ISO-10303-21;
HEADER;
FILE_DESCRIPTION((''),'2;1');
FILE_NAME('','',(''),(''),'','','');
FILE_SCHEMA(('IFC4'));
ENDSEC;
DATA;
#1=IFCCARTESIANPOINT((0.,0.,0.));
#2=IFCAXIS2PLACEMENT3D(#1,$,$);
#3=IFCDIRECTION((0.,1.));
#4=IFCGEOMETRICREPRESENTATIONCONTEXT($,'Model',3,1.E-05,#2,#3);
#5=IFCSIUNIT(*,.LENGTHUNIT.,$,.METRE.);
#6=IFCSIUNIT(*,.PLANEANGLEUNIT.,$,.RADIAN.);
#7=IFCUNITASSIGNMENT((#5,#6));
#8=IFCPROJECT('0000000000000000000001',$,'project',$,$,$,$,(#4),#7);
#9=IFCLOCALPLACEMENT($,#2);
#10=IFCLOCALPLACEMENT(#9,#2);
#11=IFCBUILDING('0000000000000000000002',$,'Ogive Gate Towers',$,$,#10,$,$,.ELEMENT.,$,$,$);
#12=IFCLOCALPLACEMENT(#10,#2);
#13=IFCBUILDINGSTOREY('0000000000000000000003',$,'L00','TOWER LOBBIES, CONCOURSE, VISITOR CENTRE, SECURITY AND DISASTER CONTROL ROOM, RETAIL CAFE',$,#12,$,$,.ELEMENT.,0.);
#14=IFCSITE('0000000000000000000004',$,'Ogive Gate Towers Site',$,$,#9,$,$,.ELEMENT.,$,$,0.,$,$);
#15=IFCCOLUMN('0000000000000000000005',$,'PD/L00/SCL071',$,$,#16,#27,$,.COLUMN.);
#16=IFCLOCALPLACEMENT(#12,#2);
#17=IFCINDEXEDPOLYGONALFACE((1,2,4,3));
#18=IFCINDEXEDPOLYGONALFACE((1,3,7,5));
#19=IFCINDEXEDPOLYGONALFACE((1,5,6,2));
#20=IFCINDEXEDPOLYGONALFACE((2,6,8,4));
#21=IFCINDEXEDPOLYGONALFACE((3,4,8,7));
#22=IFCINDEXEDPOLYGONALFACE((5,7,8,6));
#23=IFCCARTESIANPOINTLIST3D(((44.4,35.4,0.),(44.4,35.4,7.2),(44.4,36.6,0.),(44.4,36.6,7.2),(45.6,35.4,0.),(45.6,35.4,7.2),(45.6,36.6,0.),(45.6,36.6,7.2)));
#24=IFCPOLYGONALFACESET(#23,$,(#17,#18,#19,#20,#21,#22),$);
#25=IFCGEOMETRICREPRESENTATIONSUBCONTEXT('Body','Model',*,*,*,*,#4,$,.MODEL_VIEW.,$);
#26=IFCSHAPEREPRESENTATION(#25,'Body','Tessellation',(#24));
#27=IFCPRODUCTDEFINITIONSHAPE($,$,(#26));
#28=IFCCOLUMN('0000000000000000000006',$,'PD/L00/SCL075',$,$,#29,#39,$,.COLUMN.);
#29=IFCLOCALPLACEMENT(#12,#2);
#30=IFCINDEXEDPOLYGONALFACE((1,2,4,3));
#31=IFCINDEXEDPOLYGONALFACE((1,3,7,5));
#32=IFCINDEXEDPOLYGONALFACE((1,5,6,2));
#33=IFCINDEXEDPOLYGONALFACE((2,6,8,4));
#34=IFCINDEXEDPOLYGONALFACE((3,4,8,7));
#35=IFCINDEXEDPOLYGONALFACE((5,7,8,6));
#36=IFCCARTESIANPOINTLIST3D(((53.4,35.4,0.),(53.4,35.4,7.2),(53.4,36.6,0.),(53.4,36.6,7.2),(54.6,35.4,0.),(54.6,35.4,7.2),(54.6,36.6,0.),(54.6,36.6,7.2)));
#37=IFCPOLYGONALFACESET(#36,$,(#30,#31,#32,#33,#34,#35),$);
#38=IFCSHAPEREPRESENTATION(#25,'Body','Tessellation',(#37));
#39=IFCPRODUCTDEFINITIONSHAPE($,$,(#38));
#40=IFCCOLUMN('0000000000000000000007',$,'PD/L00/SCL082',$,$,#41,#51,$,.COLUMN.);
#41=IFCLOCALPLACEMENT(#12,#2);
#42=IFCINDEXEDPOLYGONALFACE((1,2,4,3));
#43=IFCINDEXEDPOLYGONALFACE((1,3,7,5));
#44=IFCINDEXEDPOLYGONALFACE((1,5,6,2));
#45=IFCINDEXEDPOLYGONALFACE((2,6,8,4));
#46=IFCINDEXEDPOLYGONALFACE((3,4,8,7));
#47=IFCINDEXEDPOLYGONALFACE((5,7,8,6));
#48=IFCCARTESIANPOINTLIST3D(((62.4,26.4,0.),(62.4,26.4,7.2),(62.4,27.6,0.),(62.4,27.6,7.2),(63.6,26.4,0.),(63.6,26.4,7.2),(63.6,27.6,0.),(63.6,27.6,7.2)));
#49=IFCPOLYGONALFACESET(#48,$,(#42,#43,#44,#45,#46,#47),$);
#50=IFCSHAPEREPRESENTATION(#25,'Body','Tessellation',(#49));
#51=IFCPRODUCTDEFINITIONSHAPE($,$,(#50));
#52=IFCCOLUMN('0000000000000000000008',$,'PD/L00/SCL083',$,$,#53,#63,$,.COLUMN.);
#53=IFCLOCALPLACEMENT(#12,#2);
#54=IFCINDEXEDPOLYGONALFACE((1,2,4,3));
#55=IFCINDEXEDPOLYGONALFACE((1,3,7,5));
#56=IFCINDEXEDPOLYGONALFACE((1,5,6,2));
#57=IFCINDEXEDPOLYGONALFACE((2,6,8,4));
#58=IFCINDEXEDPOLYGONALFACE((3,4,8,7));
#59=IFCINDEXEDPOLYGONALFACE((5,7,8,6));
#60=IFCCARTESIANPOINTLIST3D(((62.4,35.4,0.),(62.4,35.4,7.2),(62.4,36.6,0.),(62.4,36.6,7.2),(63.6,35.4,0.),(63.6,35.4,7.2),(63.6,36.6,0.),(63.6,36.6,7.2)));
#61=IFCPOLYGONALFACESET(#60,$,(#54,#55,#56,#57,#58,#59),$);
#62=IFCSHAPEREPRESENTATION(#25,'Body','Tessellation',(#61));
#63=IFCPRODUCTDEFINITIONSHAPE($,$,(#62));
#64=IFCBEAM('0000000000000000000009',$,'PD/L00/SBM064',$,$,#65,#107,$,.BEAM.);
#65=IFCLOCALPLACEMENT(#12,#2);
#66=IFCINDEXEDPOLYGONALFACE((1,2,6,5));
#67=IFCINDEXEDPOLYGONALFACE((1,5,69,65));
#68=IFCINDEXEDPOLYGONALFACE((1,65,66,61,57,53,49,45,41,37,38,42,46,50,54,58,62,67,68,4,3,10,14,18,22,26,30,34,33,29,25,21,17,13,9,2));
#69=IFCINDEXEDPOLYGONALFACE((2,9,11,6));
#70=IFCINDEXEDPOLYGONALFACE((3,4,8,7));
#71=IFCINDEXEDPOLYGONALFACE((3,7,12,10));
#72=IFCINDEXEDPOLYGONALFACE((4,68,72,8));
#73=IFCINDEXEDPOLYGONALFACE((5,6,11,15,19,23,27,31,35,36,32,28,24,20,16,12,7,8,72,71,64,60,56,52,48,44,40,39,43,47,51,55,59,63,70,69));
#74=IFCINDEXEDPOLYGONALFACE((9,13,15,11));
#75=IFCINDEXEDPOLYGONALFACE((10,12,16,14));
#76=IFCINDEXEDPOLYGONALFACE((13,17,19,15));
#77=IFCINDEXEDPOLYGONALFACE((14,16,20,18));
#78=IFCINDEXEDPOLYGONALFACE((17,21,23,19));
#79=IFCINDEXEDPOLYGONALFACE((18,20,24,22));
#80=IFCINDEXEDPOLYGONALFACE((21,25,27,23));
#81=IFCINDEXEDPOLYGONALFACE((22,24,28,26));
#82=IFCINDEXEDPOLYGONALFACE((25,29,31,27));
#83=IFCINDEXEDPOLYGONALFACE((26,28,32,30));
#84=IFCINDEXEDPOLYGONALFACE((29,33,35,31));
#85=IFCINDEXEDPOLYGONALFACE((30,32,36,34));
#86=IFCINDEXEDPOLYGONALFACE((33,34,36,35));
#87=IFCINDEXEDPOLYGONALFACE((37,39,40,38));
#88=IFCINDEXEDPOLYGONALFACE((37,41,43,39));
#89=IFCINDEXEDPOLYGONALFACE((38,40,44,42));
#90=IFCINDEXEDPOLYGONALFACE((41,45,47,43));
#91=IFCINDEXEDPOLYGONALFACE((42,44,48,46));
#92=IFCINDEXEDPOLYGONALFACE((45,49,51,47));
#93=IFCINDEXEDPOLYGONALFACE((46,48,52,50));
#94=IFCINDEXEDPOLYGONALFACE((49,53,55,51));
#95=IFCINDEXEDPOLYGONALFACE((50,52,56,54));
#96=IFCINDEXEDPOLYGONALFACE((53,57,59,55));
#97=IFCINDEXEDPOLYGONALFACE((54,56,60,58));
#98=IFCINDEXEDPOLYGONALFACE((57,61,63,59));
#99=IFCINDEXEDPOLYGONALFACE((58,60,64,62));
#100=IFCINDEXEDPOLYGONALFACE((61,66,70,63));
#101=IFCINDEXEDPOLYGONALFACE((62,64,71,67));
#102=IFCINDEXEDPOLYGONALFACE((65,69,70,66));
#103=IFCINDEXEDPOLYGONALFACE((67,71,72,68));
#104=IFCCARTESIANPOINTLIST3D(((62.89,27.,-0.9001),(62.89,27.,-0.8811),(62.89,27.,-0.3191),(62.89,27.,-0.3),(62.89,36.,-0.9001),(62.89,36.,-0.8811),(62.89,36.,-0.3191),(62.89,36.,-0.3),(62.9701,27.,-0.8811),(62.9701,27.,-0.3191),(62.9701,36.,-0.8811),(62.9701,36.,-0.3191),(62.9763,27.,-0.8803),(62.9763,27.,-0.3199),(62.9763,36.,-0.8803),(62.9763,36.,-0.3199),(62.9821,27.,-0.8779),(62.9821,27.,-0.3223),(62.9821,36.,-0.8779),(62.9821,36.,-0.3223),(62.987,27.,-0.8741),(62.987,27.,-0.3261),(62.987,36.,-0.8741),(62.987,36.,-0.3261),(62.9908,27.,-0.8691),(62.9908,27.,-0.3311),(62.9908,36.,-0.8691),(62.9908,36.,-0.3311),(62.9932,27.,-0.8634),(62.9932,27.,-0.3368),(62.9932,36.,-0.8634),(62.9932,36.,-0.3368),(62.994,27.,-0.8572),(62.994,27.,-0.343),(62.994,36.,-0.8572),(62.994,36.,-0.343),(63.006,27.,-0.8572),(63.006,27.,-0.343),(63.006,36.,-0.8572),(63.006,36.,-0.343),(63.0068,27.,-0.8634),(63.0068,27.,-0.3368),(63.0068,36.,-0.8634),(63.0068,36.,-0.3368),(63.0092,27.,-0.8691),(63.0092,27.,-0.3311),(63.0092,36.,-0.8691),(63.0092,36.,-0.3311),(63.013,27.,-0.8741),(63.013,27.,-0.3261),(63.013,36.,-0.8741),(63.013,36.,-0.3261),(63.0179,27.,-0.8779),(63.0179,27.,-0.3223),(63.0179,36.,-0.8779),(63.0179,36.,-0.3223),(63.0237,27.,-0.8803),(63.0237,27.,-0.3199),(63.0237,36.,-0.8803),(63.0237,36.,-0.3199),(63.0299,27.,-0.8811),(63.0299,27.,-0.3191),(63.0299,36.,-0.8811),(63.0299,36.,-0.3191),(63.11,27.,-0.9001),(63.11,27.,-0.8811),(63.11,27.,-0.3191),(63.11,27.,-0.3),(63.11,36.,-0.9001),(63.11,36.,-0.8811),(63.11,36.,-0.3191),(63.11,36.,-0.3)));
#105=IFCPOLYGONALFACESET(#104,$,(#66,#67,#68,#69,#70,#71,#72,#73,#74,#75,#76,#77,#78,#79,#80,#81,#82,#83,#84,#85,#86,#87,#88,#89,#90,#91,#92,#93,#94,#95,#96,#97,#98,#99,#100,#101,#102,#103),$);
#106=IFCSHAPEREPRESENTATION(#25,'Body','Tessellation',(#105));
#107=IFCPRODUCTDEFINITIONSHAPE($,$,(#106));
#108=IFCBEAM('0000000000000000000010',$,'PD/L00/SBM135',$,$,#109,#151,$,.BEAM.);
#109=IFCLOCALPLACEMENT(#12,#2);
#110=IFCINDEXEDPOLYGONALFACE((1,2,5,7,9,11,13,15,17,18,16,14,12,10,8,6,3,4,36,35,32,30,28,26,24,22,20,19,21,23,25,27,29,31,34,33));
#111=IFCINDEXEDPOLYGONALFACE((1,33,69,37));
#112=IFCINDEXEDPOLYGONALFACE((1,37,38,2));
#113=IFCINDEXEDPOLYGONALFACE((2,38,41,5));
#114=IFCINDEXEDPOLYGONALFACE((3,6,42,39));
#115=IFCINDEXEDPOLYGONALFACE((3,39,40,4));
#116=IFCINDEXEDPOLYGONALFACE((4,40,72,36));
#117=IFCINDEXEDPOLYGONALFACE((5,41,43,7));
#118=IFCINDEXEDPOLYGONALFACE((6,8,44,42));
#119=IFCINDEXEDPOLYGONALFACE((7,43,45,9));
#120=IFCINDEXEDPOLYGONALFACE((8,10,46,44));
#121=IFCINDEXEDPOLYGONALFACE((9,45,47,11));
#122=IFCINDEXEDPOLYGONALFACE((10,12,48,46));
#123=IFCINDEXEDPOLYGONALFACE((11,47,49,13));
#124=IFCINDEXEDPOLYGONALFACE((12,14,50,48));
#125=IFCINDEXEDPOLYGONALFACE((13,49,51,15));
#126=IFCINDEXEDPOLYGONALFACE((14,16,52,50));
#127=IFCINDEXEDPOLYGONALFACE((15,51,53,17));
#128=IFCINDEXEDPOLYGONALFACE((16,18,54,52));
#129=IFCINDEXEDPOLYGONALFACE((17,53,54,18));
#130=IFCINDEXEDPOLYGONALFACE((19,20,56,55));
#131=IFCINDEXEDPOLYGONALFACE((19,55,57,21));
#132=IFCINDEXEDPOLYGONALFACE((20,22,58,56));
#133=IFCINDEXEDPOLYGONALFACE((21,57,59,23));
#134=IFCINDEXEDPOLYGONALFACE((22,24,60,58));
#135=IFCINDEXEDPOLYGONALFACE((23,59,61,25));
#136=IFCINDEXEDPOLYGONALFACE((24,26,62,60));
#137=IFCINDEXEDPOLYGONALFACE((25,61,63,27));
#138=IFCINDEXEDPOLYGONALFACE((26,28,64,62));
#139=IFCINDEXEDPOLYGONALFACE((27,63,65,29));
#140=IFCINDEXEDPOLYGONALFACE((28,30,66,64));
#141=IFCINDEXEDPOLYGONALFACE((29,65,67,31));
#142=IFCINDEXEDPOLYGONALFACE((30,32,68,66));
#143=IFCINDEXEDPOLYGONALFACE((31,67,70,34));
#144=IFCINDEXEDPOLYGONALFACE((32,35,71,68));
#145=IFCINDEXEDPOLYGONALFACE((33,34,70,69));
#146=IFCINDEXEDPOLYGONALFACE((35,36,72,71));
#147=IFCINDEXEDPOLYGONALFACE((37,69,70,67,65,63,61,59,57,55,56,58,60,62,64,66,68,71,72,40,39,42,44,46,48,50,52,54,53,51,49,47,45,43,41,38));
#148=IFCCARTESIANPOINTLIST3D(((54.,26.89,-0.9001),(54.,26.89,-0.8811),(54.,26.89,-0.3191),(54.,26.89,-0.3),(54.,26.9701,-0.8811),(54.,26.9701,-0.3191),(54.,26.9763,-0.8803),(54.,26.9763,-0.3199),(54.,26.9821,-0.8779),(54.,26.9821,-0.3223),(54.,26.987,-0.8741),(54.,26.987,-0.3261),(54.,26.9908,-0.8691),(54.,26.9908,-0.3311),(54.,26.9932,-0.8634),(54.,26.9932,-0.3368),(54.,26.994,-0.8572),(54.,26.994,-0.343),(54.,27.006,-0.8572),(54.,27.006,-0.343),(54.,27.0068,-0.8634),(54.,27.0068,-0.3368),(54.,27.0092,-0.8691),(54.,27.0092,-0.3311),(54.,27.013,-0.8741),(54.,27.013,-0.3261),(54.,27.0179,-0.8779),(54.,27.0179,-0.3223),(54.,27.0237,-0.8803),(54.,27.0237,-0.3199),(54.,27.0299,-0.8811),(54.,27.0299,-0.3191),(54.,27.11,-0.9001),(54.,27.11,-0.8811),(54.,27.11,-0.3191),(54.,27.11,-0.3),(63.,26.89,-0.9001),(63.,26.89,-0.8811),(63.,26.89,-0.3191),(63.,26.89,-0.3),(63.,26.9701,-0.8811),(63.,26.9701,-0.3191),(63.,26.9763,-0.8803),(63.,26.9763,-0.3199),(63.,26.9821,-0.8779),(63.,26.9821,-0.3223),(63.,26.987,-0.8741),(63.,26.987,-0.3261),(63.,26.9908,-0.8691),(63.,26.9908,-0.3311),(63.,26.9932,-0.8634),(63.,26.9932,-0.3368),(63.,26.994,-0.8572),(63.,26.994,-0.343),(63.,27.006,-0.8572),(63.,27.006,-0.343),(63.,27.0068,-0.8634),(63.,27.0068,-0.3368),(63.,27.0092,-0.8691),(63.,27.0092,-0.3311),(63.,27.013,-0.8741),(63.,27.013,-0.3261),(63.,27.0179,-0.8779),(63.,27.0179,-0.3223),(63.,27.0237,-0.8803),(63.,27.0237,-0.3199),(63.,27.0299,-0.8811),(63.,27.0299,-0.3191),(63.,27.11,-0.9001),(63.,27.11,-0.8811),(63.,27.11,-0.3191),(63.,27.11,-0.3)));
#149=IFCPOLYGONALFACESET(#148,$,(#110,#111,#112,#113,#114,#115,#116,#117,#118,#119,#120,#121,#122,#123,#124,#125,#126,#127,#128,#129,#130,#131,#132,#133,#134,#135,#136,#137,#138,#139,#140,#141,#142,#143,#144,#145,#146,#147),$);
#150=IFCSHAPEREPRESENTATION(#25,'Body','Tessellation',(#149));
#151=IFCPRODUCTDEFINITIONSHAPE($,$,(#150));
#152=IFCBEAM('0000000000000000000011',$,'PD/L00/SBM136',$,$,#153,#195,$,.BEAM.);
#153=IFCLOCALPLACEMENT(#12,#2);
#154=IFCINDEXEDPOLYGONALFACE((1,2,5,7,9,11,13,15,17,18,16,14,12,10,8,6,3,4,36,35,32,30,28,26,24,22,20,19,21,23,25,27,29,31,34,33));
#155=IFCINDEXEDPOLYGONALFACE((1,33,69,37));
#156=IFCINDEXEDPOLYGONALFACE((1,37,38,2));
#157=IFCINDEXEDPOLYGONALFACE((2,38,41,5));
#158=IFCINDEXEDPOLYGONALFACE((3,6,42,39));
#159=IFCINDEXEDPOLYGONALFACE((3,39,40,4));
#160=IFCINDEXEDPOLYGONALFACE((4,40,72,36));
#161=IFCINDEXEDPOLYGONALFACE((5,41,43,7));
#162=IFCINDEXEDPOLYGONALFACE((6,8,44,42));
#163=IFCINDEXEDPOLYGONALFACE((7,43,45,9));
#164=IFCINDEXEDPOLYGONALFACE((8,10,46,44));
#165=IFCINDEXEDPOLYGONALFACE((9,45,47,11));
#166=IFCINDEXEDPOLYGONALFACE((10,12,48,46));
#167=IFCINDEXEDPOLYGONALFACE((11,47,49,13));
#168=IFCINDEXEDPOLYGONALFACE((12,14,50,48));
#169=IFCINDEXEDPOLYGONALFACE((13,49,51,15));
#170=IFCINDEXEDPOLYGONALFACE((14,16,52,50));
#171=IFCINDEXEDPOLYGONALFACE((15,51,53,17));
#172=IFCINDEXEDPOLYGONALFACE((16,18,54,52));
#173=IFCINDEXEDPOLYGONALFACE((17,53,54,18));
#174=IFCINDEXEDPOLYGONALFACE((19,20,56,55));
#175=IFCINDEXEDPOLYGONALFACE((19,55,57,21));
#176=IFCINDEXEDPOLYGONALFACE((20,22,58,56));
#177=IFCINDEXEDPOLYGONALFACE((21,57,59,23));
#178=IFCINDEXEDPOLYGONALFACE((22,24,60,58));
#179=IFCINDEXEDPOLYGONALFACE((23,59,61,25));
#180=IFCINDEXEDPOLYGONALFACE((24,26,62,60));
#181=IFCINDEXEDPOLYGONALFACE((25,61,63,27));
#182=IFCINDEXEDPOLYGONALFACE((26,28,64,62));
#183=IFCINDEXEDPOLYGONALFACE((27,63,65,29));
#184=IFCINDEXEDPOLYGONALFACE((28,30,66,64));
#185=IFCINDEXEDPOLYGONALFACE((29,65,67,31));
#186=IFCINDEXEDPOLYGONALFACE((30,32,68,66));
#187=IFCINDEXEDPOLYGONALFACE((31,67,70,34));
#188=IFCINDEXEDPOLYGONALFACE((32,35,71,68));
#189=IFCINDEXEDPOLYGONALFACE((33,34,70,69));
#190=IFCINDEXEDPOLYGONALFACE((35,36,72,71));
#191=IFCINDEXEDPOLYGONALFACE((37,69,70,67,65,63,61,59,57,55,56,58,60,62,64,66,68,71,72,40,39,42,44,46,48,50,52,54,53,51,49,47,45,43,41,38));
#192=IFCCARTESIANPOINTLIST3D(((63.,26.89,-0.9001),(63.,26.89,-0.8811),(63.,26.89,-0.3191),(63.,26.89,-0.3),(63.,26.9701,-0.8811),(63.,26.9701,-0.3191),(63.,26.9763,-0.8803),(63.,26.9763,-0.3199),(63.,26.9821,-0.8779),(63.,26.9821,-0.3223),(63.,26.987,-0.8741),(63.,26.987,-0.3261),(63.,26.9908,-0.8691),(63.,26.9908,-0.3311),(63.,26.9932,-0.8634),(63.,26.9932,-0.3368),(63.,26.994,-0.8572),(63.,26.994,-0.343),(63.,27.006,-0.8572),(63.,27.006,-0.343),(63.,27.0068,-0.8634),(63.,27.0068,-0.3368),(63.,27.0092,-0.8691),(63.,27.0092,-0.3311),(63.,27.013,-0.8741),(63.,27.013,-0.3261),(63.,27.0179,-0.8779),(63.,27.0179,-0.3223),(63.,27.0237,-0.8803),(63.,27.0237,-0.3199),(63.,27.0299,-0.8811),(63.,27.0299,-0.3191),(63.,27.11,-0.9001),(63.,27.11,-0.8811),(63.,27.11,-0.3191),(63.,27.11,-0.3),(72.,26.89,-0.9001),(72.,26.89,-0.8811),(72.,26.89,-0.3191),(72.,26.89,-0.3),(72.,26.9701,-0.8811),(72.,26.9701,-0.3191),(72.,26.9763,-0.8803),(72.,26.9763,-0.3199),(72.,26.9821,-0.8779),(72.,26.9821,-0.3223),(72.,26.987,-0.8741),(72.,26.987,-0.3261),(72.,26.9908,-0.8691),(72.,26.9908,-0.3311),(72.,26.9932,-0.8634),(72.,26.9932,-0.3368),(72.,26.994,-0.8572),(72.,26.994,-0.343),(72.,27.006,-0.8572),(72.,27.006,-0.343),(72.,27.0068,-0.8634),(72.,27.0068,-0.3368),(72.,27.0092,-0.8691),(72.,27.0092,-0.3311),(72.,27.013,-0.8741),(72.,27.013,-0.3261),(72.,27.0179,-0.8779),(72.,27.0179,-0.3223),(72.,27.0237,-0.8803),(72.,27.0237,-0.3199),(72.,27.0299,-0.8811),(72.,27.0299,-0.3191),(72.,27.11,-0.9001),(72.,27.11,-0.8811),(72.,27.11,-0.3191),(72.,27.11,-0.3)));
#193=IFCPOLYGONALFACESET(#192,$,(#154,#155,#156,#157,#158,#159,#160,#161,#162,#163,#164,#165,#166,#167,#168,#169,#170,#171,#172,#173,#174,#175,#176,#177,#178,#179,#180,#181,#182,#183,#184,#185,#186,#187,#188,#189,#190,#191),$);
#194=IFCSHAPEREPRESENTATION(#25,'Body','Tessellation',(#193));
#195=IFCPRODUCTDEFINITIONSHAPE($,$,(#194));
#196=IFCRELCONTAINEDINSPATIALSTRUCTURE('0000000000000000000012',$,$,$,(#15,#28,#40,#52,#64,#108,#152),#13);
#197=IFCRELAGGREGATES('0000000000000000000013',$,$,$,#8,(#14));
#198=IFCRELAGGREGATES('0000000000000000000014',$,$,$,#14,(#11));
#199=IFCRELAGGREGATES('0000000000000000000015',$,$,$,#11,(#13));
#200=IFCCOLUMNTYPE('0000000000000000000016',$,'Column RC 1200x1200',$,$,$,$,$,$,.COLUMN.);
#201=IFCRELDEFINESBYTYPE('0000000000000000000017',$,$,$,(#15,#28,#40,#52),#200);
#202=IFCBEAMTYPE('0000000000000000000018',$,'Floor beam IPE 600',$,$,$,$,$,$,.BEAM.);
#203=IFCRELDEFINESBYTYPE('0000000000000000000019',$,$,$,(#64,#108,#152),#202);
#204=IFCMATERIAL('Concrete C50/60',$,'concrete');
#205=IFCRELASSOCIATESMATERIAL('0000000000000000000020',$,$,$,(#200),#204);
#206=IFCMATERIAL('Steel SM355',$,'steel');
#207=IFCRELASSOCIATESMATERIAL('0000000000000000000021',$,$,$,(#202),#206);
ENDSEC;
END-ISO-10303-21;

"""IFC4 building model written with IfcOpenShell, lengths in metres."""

from ifc_helpers import new_model, si_unit, direction, frame, origin, origin_2d, place, context, subcontext, project, spatial, rectangle, i_section, extrude, material, material_profile, profile_set, type_object, element, save


model = new_model("IFC4")

# Units and contexts
model_context = context("Model", 3, precision=1e-05, world=origin(), true_north=direction((0.0, 1.0)))
body_context = subcontext(model_context, "Body", "Model", "MODEL_VIEW")
ifc_project = project(units=[si_unit("LENGTHUNIT", "METRE"), si_unit("PLANEANGLEUNIT", "RADIAN")], contexts=[model_context])

# Site, building, storey
site_placement = place(None, origin())
site = spatial("IfcSite", under=ifc_project, at=site_placement, Name="Ogive Gate Towers Site", CompositionType="ELEMENT", RefElevation=0.0)
building_placement = place(site_placement, origin())
building = spatial("IfcBuilding", under=site, at=building_placement, Name="Ogive Gate Towers", CompositionType="ELEMENT")
storey_placement = place(building_placement, origin())
storey = spatial("IfcBuildingStorey", under=building, at=storey_placement, Name="L00", Description="TOWER LOBBIES, CONCOURSE, VISITOR CENTRE, SECURITY AND DISASTER CONTROL ROOM, RETAIL CAFE", CompositionType="ELEMENT", Elevation=0.0)

# Columns
ifc_material_1 = material(Name="Concrete C50/60", Category="concrete")
ifc_material_profile_1 = material_profile(ifc_material_1, rectangle(XDim=1.2, YDim=1.2, at=origin_2d()), Name="RC 1200x1200")
ifc_profile_set_1 = profile_set([ifc_material_profile_1], Name="Concrete C50/60")
column_type = type_object("IfcColumnType", Name="Column RC 1200x1200", PredefinedType="COLUMN", material=ifc_profile_set_1)
for number, where, z_axis, x_axis, name in (
    (1, (45.0, 36.0, 0.0), (0.0, 0.0, 1.0), (1.0, 0.0, 0.0), "PD/L00/SCL071"),
    (2, (54.0, 36.0, 0.0), (0.0, 0.0, 1.0), (1.0, 0.0, 0.0), "PD/L00/SCL075"),
    (3, (63.0, 27.0, 0.0), (0.0, 0.0, 1.0), (1.0, 0.0, 0.0), "PD/L00/SCL082"),
    (4, (63.0, 36.0, 0.0), (0.0, 0.0, 1.0), (1.0, 0.0, 0.0), "PD/L00/SCL083"),
):
    element("IfcColumn", number, at=place(storey_placement, frame(where, z_axis=z_axis, x_axis=x_axis)), inside=storey, type_object=column_type, Name=name, PredefinedType="COLUMN", context=body_context, shape_type="SweptSolid", body=[
        extrude(rectangle(XDim=1.2, YDim=1.2, at=origin_2d()), origin(), (0.0, 0.0, 1.0), 7.2),
    ])

# Beams
ifc_material_2 = material(Name="Steel SM355", Category="steel")
ifc_material_profile_2 = material_profile(ifc_material_2, i_section(OverallWidth=0.22, OverallDepth=0.6001, WebThickness=0.012, FlangeThickness=0.019, FilletRadius=0.0239, at=origin_2d()), Name="IPE 600")
ifc_profile_set_2 = profile_set([ifc_material_profile_2], Name="Steel SM355")
beam_type = type_object("IfcBeamType", Name="Floor beam IPE 600", PredefinedType="BEAM", material=ifc_profile_set_2)
for number, where, z_axis, x_axis, name in (
    (5, (63.0, 27.0, -0.6001), (0.0, 1.0, 0.0), (-1.0, 0.0, 0.0), "PD/L00/SBM064"),
    (6, (54.0, 27.0, -0.6001), (1.0, 0.0, 0.0), (0.0, 1.0, 0.0), "PD/L00/SBM135"),
    (7, (63.0, 27.0, -0.6001), (1.0, 0.0, 0.0), (0.0, 1.0, 0.0), "PD/L00/SBM136"),
):
    element("IfcBeam", number, at=place(storey_placement, frame(where, z_axis=z_axis, x_axis=x_axis)), inside=storey, type_object=beam_type, Name=name, PredefinedType="BEAM", context=body_context, shape_type="SweptSolid", body=[
        extrude(i_section(OverallWidth=0.22, OverallDepth=0.6001, WebThickness=0.012, FlangeThickness=0.019, FilletRadius=0.0239, at=origin_2d()), origin(), (0.0, 0.0, 1.0), 9.0),
    ])

save(model, "model.ifc")
